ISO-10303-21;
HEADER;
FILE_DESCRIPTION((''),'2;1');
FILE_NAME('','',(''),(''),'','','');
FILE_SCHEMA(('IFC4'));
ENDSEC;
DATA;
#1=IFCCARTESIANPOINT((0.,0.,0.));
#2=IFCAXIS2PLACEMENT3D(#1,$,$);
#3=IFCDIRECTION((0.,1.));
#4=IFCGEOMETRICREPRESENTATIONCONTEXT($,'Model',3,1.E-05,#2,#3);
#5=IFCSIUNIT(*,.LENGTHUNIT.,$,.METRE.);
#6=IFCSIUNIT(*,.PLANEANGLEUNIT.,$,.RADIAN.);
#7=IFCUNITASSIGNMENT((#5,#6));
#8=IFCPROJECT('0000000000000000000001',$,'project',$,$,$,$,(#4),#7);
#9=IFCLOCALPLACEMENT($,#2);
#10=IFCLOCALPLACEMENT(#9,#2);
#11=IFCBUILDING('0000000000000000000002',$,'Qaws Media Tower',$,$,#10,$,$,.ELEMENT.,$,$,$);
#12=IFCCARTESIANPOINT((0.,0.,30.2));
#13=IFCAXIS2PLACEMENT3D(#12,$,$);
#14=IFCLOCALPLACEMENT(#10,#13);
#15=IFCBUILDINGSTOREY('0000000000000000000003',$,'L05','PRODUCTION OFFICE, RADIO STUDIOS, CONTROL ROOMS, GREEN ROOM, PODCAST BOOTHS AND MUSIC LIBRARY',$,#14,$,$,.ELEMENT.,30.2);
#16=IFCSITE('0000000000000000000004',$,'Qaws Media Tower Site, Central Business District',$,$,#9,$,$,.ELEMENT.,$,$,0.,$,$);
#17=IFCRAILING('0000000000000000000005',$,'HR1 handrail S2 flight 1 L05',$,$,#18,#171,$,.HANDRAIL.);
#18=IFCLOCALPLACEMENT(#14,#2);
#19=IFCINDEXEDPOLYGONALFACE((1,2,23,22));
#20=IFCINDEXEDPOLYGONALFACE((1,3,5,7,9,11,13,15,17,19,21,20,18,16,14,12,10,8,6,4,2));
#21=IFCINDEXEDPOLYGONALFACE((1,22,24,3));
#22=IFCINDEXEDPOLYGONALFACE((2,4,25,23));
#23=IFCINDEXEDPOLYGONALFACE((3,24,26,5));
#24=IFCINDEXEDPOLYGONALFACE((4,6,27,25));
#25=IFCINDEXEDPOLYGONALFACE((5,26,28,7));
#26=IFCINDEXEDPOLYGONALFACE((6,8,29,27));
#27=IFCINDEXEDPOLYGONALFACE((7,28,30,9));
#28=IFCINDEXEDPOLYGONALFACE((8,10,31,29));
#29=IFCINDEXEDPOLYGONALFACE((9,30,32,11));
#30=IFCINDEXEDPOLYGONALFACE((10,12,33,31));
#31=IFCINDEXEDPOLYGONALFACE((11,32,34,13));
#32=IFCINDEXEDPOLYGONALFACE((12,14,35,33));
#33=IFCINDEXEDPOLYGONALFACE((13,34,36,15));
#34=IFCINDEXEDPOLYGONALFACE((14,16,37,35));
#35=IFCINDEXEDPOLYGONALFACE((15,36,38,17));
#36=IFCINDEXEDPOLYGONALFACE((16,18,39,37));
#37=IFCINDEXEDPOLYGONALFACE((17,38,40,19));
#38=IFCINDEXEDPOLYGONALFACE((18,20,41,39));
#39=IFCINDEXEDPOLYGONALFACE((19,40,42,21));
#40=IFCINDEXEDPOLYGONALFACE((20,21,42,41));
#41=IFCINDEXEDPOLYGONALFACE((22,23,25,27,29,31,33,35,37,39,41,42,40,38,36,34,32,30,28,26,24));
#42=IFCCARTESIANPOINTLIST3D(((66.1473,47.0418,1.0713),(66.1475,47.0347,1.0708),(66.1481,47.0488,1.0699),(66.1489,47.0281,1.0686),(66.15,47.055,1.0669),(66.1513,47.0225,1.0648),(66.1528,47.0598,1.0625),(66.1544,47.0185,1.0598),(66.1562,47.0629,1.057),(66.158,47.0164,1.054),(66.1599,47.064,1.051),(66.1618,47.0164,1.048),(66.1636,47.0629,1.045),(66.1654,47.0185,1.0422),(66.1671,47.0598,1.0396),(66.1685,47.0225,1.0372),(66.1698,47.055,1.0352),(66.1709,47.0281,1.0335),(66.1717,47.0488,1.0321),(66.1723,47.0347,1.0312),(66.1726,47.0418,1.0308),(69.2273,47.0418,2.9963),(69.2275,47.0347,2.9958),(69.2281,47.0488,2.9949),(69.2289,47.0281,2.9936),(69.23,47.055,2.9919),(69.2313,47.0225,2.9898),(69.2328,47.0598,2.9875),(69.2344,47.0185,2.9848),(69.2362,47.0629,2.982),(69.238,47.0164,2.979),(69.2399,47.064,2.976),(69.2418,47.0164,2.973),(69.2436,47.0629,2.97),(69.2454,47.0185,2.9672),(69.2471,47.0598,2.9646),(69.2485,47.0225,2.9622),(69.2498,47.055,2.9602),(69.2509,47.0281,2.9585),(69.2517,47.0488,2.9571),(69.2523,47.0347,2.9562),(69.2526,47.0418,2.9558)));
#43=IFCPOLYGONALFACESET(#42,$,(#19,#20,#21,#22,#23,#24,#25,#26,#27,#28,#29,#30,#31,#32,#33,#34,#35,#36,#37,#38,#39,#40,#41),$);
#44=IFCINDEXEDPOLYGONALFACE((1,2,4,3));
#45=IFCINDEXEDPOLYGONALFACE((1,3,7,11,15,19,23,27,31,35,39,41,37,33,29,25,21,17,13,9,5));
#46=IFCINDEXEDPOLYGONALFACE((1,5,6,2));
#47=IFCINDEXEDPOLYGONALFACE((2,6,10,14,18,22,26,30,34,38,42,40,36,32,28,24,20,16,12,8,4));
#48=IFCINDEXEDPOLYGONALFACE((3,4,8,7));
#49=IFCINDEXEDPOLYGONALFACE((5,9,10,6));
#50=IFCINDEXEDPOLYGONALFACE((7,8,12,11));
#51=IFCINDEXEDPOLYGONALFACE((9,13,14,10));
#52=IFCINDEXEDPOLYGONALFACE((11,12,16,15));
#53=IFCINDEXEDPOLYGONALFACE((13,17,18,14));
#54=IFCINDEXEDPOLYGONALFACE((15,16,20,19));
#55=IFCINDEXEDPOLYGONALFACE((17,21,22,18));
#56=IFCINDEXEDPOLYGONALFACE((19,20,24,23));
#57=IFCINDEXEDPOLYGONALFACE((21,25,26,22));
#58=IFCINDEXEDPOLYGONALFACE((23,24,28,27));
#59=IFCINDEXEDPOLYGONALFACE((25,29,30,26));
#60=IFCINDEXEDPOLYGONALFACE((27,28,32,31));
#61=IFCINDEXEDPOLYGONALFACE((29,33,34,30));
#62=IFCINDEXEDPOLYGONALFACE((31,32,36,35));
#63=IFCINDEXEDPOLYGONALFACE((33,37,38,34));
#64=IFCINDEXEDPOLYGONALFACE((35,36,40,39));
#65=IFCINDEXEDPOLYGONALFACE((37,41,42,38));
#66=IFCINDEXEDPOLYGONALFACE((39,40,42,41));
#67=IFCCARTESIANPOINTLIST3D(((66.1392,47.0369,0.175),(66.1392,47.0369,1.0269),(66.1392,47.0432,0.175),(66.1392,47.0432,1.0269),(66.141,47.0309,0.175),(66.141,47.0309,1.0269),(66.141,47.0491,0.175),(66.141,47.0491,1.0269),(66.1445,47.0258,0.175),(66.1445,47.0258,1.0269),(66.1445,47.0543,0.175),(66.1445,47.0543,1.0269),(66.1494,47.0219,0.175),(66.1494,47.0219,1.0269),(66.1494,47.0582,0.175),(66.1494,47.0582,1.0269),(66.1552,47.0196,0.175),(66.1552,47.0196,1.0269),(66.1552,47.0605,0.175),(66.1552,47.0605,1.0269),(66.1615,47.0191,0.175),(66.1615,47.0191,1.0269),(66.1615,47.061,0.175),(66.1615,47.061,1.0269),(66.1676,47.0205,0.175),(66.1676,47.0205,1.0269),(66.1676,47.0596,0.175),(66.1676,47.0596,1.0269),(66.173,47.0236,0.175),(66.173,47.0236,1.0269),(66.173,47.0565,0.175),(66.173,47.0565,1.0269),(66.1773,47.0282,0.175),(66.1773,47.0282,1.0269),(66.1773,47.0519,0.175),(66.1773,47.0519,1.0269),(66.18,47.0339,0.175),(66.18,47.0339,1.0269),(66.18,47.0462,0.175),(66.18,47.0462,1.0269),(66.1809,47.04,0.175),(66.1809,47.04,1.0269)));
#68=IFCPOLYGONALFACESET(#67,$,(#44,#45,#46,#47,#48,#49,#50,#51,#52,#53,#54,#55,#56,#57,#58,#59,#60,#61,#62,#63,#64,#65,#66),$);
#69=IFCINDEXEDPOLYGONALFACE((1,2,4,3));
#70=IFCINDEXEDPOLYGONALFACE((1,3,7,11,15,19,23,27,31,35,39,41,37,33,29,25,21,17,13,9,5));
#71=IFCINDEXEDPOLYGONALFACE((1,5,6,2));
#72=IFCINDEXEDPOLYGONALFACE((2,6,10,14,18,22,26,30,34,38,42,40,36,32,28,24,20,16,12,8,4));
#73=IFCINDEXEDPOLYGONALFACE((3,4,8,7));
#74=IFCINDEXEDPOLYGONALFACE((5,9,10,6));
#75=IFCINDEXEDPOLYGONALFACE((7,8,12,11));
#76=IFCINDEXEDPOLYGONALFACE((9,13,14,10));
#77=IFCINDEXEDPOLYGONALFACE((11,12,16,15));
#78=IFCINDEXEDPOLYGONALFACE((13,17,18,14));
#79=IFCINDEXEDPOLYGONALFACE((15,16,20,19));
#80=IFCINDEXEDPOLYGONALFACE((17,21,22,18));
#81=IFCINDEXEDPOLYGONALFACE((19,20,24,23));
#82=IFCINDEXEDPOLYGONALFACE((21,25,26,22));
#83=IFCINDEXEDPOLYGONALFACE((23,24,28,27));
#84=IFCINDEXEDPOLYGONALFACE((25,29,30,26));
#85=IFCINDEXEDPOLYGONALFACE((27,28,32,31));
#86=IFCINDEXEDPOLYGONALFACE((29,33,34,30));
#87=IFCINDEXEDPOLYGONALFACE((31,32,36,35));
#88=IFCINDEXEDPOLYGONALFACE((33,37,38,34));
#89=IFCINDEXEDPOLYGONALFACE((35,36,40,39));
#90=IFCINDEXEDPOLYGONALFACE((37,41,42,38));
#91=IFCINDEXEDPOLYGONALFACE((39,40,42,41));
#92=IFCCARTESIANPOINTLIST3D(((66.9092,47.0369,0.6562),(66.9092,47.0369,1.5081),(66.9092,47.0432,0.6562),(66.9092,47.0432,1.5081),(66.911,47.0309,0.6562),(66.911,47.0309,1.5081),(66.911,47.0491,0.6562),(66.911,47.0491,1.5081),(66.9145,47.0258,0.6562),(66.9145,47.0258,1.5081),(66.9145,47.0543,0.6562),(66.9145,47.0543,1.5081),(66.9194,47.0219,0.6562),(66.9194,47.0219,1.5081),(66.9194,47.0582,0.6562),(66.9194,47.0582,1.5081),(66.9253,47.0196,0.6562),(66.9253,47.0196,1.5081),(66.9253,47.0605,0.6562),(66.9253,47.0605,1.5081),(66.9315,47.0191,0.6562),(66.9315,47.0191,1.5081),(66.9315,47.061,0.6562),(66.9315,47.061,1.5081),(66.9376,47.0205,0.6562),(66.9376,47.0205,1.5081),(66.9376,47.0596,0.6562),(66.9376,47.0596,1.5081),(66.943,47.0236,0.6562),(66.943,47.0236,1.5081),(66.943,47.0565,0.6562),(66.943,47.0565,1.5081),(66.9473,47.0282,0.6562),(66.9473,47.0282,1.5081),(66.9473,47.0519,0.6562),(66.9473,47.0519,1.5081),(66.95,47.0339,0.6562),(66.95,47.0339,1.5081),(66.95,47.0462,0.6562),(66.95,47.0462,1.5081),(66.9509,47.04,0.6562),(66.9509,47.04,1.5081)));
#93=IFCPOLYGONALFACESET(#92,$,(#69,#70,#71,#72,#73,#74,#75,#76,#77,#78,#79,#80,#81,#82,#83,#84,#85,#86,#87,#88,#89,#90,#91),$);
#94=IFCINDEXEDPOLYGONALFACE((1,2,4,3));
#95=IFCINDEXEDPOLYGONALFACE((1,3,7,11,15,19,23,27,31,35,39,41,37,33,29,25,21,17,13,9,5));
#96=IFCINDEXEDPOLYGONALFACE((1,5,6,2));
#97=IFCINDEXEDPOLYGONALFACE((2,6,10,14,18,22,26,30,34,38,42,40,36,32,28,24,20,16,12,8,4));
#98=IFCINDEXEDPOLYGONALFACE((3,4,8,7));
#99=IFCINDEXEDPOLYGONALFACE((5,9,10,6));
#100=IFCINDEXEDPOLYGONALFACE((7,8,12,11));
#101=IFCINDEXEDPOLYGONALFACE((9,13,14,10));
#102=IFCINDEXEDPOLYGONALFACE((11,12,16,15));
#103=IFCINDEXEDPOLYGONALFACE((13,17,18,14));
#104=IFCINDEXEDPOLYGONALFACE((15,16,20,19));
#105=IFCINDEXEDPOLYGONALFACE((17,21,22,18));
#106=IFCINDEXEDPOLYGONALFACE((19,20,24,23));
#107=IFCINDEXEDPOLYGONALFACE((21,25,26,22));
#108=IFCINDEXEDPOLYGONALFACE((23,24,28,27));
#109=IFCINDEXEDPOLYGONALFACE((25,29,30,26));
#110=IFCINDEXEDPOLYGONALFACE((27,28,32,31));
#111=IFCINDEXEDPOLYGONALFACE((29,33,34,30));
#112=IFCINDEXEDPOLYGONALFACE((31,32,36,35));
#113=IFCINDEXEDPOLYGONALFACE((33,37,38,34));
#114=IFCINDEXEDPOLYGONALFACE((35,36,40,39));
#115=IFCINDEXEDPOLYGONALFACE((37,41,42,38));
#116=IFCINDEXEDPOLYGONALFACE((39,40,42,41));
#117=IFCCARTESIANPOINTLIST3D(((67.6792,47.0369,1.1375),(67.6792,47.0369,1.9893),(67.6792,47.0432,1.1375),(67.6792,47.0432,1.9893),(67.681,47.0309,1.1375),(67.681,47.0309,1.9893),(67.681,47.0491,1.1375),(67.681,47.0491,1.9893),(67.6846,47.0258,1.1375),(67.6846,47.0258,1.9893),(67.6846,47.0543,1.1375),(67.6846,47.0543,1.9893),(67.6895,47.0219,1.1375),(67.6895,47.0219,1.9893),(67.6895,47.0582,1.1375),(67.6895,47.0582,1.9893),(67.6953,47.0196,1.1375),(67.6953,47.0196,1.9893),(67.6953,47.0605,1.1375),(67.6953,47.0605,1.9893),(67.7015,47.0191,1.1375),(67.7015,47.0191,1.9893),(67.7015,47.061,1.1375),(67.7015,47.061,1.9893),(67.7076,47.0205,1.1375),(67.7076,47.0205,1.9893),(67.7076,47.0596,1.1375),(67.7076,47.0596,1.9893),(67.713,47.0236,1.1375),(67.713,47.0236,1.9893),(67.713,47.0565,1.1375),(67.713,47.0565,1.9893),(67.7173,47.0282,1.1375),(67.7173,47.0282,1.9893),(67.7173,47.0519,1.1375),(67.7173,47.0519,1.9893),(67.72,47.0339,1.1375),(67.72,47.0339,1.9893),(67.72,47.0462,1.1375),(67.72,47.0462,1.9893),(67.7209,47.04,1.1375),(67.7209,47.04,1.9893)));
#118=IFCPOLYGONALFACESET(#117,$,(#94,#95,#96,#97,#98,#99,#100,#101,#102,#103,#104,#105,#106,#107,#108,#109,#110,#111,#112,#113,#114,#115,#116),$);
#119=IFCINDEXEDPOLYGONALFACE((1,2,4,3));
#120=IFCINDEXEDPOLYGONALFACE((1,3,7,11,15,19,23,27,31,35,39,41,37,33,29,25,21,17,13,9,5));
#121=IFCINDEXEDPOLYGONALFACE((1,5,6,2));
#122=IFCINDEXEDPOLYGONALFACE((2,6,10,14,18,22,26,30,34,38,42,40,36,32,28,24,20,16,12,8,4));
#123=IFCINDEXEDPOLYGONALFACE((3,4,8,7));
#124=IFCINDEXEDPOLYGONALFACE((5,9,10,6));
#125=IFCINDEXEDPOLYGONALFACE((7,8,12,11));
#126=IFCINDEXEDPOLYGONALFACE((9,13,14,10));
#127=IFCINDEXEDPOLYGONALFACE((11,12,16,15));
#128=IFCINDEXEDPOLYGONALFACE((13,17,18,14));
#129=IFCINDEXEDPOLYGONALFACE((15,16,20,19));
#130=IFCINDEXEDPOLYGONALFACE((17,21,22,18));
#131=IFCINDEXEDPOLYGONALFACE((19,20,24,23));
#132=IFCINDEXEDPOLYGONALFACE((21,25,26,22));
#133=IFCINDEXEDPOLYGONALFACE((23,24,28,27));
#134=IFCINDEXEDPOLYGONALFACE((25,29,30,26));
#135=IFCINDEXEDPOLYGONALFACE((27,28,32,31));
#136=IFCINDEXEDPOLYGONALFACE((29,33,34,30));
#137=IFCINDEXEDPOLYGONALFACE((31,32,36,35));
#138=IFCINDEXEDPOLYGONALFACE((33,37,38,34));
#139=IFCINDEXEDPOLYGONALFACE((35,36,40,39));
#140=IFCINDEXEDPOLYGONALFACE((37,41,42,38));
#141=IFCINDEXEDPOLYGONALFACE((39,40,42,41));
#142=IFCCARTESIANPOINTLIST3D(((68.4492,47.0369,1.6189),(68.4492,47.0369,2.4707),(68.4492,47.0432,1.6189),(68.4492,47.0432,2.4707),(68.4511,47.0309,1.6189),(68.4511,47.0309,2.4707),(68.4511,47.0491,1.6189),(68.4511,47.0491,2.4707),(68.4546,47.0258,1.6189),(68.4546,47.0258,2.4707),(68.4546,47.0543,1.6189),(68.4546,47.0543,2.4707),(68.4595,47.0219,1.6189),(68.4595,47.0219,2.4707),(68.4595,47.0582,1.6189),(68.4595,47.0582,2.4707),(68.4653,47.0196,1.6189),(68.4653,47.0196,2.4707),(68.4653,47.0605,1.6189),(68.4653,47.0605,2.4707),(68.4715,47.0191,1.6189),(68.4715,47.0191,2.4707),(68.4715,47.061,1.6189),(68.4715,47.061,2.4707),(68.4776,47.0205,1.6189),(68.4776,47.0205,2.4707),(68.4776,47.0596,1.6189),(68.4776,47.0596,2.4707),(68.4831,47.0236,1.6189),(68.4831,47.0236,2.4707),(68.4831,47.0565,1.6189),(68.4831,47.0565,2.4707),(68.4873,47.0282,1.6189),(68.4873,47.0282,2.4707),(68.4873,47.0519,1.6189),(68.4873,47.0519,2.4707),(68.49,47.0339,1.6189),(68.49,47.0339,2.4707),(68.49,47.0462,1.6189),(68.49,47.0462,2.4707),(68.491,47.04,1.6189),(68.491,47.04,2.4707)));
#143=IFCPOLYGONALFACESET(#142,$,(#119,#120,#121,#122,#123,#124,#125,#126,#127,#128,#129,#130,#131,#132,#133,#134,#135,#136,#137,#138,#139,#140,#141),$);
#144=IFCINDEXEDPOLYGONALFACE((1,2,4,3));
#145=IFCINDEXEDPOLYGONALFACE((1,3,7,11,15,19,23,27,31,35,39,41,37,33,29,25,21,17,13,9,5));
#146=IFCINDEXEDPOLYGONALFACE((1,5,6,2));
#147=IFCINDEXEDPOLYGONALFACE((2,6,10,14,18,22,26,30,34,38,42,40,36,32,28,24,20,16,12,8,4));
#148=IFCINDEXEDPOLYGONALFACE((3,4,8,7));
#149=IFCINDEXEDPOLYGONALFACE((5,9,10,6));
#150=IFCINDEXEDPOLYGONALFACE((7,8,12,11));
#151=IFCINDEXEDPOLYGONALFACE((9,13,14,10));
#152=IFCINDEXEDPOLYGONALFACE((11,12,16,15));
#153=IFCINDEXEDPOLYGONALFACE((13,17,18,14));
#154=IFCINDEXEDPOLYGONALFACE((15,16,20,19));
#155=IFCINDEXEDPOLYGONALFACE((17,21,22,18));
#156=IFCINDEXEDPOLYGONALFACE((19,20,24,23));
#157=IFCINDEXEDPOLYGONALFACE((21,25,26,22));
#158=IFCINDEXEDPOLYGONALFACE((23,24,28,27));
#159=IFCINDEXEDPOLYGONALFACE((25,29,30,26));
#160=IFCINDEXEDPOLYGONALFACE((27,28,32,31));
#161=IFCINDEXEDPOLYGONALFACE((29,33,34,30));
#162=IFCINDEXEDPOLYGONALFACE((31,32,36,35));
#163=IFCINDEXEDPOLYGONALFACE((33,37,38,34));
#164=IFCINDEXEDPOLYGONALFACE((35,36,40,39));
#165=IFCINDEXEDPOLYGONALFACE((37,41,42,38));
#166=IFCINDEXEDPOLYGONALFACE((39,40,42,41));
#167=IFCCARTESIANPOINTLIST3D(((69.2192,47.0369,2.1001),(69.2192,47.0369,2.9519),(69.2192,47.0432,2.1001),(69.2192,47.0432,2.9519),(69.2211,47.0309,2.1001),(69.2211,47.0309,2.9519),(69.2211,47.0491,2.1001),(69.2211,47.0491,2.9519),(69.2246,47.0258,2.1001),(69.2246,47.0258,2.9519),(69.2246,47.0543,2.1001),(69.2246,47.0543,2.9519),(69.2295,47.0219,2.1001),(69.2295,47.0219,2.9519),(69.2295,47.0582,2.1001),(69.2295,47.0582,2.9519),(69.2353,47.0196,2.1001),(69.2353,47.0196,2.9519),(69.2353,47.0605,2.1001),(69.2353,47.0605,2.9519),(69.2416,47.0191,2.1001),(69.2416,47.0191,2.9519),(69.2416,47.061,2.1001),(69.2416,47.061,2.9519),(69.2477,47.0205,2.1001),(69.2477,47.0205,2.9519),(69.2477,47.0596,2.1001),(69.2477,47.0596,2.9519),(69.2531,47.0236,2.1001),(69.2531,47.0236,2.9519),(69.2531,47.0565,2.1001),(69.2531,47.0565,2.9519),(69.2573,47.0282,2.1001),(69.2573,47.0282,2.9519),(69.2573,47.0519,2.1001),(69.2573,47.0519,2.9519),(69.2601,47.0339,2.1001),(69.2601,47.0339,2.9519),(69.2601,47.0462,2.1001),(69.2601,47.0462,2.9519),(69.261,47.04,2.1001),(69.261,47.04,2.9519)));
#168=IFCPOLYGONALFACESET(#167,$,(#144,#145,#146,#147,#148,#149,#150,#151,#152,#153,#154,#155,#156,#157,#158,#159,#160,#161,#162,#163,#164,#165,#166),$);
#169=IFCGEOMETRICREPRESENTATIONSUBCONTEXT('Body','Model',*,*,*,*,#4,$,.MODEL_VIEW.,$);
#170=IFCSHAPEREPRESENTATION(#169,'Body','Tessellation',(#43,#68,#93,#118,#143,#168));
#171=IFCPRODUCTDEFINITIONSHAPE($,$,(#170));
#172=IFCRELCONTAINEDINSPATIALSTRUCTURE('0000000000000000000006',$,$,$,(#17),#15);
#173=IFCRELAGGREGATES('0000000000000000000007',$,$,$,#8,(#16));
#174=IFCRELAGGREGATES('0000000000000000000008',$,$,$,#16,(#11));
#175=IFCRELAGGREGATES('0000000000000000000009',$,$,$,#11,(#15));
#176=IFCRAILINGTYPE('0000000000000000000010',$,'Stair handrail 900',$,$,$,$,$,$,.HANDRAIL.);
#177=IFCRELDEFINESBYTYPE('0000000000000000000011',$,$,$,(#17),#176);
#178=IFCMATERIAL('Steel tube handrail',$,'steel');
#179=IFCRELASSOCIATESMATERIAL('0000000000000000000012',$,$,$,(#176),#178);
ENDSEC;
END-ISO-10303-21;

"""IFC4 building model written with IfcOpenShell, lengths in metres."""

from ifc_helpers import new_model, si_unit, direction, frame, origin, origin_2d, place, context, subcontext, project, spatial, circle, extrude, material, type_object, element, save


model = new_model("IFC4")

# Units and contexts
model_context = context("Model", 3, precision=1e-05, world=origin(), true_north=direction((0.0, 1.0)))
body_context = subcontext(model_context, "Body", "Model", "MODEL_VIEW")
ifc_project = project(units=[si_unit("LENGTHUNIT", "METRE"), si_unit("PLANEANGLEUNIT", "RADIAN")], contexts=[model_context])

# Site, building, storey
site_placement = place(None, origin())
site = spatial("IfcSite", under=ifc_project, at=site_placement, Name="Qaws Media Tower Site, Central Business District", CompositionType="ELEMENT", RefElevation=0.0)
building_placement = place(site_placement, origin())
building = spatial("IfcBuilding", under=site, at=building_placement, Name="Qaws Media Tower", CompositionType="ELEMENT")
storey_placement = place(building_placement, frame((0.0, 0.0, 30.2)))
storey = spatial("IfcBuildingStorey", under=building, at=storey_placement, Name="L05", Description="PRODUCTION OFFICE, RADIO STUDIOS, CONTROL ROOMS, GREEN ROOM, PODCAST BOOTHS AND MUSIC LIBRARY", CompositionType="ELEMENT", Elevation=30.2)

# Railing
ifc_material_1 = material(Name="Steel tube handrail", Category="steel")
railing_type = type_object("IfcRailingType", Name="Stair handrail 900", PredefinedType="HANDRAIL", material=ifc_material_1)
railing_1_placement = place(storey_placement, frame((66.1599, 47.04, 0.175)))
element("IfcRailing", 1, at=railing_1_placement, inside=storey, type_object=railing_type, Name="HR1 handrail S2 flight 1 L05", PredefinedType="HANDRAIL", context=body_context, shape_type="SweptSolid", body=[
    extrude(circle(Radius=0.0239, at=origin_2d()), frame((0.0, 0.0, 0.876), z_axis=(0.847998, 0.0, 0.529999), x_axis=(0.0, 1.0, 0.0)), (0.0, 0.0, 1.0), 3.6321),
    extrude(circle(Radius=0.021, at=origin_2d()), origin(), (0.0, 0.0, 1.0), 0.8518),
    extrude(circle(Radius=0.021, at=origin_2d()), frame((0.77, 0.0, 0.4812)), (0.0, 0.0, 1.0), 0.8518),
    extrude(circle(Radius=0.021, at=origin_2d()), frame((1.54, 0.0, 0.9624)), (0.0, 0.0, 1.0), 0.8518),
    extrude(circle(Radius=0.021, at=origin_2d()), frame((2.3101, 0.0, 1.4438)), (0.0, 0.0, 1.0), 0.8518),
    extrude(circle(Radius=0.021, at=origin_2d()), frame((3.0801, 0.0, 1.925)), (0.0, 0.0, 1.0), 0.8518),
])

save(model, "model.ifc")
